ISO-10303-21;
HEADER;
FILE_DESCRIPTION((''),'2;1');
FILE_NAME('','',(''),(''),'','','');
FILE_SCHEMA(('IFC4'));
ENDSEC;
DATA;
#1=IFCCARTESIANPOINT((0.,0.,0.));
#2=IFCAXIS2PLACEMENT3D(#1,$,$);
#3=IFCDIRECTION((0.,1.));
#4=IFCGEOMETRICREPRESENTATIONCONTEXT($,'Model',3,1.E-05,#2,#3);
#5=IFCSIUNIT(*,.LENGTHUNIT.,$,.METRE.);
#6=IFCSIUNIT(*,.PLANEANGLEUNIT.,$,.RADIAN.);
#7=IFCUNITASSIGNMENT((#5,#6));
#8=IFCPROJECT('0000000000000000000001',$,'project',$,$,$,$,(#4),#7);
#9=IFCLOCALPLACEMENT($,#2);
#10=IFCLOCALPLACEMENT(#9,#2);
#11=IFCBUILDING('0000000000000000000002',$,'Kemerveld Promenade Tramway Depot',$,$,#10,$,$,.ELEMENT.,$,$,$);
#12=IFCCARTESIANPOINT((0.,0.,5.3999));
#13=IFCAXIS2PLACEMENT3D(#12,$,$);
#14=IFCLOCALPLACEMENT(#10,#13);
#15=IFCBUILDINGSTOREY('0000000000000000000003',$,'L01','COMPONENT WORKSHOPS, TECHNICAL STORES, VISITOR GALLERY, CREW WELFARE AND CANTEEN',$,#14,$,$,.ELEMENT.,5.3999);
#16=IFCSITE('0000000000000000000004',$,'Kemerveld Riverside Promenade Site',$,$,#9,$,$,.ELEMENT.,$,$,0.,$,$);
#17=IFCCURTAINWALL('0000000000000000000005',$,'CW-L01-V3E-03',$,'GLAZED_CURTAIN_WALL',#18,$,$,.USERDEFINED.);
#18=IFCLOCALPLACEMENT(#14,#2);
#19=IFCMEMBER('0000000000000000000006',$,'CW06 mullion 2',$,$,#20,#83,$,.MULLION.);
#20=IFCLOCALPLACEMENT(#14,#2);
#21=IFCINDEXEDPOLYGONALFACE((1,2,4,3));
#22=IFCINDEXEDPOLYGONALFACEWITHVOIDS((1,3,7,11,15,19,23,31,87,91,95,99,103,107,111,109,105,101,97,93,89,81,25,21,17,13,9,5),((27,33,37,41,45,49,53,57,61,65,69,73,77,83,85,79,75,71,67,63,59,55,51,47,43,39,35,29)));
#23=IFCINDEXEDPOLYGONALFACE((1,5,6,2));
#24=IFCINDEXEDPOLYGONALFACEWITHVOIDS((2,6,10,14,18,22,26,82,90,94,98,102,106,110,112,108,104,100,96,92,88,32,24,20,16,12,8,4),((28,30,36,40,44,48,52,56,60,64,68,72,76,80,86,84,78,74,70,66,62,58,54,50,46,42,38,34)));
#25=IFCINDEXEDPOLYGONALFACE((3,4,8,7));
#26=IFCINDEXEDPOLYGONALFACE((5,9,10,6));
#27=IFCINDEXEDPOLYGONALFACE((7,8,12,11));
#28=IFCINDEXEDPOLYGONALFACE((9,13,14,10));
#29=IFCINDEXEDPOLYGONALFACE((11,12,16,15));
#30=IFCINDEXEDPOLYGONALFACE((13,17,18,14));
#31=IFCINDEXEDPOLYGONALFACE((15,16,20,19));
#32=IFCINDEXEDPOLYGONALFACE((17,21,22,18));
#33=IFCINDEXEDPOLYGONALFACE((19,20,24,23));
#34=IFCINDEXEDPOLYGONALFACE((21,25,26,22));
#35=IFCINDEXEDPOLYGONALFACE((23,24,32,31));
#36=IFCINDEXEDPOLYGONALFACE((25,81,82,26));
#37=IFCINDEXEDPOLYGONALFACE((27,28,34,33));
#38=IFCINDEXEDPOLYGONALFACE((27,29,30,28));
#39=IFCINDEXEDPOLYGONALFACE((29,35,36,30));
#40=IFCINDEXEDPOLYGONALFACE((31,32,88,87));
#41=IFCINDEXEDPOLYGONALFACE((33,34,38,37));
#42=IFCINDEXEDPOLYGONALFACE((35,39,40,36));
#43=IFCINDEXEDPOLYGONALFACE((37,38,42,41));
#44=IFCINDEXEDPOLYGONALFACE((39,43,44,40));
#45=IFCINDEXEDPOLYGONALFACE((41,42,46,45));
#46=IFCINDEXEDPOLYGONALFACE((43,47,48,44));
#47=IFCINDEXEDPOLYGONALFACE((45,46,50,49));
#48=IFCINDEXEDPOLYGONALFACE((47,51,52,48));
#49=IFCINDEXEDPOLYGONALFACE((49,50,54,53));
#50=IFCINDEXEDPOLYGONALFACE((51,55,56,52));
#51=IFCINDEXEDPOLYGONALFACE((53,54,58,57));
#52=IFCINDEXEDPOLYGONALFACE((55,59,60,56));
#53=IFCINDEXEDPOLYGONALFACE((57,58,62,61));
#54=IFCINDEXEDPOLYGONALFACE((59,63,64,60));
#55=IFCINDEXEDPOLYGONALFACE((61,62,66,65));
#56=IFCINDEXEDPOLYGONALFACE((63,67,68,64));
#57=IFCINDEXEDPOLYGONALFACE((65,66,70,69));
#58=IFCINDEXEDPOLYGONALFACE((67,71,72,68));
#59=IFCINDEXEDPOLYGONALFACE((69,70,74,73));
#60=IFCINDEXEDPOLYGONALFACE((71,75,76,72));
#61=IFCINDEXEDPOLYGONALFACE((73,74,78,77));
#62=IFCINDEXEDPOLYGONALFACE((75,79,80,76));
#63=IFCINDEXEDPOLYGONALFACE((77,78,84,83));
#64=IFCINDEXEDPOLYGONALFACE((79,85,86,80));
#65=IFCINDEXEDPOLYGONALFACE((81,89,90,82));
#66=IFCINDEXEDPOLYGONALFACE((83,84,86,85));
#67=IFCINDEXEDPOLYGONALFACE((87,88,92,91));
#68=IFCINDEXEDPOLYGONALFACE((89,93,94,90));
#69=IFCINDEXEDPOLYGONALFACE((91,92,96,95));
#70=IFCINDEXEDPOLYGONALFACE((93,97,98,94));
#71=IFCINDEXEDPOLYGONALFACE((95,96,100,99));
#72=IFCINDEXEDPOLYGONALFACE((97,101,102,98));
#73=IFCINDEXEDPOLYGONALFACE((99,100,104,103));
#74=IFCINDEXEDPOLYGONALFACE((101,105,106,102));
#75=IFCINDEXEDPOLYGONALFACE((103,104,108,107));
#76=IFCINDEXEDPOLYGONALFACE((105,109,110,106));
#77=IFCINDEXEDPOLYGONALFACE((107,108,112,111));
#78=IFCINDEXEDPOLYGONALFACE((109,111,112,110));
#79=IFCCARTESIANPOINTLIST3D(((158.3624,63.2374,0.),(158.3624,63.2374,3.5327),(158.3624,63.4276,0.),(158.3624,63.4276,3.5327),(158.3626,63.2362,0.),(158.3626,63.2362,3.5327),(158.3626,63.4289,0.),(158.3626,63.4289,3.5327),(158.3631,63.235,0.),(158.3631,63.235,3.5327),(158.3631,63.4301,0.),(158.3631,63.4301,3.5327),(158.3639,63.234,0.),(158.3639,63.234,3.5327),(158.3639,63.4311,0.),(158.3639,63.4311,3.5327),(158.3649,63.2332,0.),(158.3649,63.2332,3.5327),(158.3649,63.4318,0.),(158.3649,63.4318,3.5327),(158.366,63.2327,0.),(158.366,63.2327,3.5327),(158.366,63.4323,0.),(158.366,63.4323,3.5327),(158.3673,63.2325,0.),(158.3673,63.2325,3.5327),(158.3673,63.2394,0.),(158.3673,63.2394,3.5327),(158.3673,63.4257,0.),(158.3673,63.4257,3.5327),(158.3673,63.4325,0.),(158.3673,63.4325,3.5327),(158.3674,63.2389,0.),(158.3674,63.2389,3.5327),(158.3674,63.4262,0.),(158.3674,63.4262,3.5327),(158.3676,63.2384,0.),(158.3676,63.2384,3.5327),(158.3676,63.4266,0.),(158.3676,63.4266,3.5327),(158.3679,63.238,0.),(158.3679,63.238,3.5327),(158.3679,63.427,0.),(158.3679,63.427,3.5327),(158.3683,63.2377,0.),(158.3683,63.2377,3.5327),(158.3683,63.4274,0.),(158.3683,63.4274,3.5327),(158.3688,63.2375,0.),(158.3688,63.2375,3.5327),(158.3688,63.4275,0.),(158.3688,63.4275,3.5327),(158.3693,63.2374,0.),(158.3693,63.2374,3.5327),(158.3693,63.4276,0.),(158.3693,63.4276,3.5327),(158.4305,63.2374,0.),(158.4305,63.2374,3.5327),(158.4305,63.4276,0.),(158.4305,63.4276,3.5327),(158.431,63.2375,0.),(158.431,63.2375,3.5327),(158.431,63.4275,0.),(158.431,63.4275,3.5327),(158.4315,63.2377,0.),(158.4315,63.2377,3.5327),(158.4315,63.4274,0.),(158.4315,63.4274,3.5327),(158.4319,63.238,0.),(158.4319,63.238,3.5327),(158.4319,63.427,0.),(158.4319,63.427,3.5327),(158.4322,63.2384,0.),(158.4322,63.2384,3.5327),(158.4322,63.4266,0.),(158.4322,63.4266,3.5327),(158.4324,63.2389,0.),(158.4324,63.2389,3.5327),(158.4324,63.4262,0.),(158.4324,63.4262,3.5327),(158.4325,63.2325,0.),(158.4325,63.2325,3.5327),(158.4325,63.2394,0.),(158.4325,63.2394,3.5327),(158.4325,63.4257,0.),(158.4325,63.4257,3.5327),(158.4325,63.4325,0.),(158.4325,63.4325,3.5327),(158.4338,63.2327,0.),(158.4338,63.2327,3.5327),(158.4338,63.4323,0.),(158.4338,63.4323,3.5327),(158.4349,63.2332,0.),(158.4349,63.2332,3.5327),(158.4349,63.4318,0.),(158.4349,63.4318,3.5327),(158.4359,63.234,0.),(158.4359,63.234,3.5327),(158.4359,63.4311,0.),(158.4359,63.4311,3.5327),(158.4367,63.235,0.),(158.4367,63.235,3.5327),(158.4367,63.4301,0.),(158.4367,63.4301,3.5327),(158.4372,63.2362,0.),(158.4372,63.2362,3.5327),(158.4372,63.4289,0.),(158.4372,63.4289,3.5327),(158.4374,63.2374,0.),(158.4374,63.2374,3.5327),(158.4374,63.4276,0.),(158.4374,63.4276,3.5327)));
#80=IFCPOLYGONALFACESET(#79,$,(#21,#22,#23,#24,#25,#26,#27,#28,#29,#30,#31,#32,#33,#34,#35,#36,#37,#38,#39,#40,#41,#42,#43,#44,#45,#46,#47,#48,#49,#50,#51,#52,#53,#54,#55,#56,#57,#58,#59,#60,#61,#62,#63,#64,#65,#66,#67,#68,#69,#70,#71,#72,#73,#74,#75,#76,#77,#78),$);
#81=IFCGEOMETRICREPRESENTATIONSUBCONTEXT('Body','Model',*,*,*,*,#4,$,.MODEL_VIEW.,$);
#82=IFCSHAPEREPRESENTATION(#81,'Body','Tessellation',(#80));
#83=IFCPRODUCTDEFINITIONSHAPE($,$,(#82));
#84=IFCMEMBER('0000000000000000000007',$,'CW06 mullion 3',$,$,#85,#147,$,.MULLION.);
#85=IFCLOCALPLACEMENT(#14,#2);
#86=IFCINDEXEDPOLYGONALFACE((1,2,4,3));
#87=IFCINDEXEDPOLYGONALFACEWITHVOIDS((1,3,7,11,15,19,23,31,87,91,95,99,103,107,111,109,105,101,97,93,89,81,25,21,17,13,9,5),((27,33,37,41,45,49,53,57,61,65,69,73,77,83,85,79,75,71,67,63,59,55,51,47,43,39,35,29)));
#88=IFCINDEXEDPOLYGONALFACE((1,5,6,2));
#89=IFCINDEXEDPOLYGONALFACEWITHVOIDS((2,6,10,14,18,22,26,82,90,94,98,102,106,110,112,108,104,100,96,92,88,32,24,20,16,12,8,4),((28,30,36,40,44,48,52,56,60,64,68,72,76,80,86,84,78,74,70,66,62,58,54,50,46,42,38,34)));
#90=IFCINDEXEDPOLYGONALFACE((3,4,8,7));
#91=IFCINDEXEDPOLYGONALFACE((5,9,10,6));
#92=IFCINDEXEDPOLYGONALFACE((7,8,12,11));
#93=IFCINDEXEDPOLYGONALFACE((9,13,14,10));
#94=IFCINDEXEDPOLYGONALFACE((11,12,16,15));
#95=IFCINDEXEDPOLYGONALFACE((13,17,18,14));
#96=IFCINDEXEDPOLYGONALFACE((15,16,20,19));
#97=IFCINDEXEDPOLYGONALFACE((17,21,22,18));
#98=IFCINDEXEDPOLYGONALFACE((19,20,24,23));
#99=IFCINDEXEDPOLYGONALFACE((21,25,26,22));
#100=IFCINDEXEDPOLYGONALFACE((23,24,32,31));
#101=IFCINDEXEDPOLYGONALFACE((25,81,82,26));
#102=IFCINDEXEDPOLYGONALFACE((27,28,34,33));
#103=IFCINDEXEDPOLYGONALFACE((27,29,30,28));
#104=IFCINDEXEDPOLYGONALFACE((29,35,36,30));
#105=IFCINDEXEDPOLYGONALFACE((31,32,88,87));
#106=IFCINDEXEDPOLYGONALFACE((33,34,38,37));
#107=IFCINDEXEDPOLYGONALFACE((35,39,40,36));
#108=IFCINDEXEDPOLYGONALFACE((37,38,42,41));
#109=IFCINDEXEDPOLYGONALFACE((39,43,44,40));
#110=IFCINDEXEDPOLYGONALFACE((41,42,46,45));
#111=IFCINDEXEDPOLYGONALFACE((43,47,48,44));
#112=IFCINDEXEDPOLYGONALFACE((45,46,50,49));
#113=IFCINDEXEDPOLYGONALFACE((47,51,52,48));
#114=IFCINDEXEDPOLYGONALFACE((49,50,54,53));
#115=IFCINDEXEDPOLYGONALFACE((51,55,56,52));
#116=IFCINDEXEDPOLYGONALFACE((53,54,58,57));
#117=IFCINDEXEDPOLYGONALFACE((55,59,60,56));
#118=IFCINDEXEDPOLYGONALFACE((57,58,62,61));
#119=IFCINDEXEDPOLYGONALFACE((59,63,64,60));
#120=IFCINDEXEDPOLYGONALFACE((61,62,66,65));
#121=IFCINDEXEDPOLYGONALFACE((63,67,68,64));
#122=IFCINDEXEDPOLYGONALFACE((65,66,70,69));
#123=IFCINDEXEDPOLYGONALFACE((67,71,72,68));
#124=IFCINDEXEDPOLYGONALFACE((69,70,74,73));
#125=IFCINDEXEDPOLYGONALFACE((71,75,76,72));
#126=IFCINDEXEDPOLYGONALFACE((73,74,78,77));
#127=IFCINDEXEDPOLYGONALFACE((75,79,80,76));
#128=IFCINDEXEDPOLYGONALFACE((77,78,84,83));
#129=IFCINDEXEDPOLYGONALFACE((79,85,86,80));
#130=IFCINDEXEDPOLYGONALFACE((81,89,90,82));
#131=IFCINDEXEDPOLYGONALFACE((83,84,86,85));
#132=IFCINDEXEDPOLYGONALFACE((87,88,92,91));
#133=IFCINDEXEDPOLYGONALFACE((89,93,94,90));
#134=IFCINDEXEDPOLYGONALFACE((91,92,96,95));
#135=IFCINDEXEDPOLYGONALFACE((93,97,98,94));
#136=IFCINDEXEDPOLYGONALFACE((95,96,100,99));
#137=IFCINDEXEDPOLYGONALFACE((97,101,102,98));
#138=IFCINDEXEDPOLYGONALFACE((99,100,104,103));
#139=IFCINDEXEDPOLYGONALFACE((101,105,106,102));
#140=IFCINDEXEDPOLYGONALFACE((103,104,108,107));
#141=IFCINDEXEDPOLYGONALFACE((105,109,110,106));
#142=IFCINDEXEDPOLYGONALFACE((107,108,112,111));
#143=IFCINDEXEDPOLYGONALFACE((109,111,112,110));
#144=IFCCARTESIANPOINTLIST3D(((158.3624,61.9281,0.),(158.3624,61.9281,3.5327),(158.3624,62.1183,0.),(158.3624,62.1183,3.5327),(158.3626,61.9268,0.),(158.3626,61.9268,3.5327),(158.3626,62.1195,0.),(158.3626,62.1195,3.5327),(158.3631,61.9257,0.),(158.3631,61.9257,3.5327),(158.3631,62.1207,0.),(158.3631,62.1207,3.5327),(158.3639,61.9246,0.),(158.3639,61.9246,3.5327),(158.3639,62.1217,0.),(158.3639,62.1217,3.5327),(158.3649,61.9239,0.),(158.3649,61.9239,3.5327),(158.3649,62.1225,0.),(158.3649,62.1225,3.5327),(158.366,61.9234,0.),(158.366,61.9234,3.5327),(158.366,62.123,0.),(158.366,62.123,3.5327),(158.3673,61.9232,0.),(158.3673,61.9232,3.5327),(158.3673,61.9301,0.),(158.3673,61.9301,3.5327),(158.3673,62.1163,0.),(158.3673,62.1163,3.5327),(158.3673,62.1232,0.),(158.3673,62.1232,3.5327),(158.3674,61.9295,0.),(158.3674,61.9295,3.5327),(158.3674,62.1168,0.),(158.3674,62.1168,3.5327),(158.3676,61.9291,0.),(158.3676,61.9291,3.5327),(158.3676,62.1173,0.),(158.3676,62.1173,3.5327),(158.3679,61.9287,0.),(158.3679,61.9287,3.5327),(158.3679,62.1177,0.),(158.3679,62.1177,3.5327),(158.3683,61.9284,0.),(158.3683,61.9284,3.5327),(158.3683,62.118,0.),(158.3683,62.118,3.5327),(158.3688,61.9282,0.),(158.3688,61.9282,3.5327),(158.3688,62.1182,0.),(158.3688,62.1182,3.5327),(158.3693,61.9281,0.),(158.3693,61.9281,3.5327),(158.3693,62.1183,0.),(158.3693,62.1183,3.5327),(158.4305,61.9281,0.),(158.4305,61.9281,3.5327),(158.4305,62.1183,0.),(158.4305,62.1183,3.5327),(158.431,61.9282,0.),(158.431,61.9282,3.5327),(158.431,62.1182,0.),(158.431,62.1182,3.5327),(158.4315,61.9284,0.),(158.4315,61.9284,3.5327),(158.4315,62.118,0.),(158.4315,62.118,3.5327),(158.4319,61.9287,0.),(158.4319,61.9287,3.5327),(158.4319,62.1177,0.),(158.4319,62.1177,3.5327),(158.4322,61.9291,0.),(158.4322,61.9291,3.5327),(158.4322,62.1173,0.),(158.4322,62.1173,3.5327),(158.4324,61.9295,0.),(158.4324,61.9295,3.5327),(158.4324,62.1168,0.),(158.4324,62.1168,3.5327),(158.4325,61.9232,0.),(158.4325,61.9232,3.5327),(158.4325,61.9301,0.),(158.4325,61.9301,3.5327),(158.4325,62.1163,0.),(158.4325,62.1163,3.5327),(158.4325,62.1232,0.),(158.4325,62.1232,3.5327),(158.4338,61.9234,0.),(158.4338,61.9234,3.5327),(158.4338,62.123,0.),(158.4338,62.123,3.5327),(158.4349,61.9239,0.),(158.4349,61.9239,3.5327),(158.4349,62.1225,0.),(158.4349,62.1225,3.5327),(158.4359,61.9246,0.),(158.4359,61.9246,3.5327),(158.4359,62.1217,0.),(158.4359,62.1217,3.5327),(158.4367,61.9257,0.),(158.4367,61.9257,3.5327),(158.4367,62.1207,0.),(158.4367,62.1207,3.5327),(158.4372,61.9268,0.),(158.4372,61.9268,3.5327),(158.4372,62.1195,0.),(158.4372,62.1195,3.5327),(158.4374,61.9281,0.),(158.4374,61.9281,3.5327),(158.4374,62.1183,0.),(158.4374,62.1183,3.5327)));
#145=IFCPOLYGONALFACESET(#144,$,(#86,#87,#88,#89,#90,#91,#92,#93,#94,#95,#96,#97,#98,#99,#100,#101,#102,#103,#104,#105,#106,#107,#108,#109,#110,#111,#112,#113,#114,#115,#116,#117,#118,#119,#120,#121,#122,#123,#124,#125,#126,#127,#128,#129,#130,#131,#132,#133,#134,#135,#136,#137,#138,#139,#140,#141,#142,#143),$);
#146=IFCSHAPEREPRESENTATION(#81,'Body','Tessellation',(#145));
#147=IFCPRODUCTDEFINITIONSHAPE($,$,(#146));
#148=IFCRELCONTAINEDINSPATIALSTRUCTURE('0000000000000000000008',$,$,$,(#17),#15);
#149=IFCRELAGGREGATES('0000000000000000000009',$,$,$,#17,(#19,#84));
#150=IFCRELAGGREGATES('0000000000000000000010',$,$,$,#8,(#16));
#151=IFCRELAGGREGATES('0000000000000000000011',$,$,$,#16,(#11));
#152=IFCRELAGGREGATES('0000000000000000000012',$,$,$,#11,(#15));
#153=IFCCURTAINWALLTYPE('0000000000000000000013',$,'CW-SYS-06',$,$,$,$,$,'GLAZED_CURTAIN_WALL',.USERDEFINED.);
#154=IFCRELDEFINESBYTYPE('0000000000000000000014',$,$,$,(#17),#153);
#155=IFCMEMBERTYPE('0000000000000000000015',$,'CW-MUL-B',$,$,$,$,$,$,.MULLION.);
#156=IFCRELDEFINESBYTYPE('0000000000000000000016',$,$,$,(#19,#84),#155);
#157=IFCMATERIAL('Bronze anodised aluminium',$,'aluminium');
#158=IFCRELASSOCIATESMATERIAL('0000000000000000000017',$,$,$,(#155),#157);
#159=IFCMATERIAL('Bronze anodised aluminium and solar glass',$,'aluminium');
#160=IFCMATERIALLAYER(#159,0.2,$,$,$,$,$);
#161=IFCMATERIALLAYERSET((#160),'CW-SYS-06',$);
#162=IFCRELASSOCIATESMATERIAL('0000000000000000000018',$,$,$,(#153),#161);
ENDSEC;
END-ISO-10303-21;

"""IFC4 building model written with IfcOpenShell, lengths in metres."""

from ifc_helpers import new_model, si_unit, direction, frame, origin, origin_2d, place, context, subcontext, project, spatial, hollow_rectangle, extrude, material, layer, layer_set, material_profile, profile_set, type_object, element, aggregate, save


model = new_model("IFC4")

# Units and contexts
model_context = context("Model", 3, precision=1e-05, world=origin(), true_north=direction((0.0, 1.0)))
body_context = subcontext(model_context, "Body", "Model", "MODEL_VIEW")
ifc_project = project(units=[si_unit("LENGTHUNIT", "METRE"), si_unit("PLANEANGLEUNIT", "RADIAN")], contexts=[model_context])

# Site, building, storey
site_placement = place(None, origin())
site = spatial("IfcSite", under=ifc_project, at=site_placement, Name="Kemerveld Riverside Promenade Site", CompositionType="ELEMENT", RefElevation=0.0)
building_placement = place(site_placement, origin())
building = spatial("IfcBuilding", under=site, at=building_placement, Name="Kemerveld Promenade Tramway Depot", CompositionType="ELEMENT")
storey_placement = place(building_placement, frame((0.0, 0.0, 5.3999)))
storey = spatial("IfcBuildingStorey", under=building, at=storey_placement, Name="L01", Description="COMPONENT WORKSHOPS, TECHNICAL STORES, VISITOR GALLERY, CREW WELFARE AND CANTEEN", CompositionType="ELEMENT", Elevation=5.3999)

# Shared definitions
ifc_material_1 = material(Name="Bronze anodised aluminium and solar glass", Category="aluminium")
ifc_material_2 = material(Name="Bronze anodised aluminium", Category="aluminium")
ifc_material_profile_1 = material_profile(ifc_material_2, hollow_rectangle(XDim=0.075, YDim=0.2, WallThickness=0.0049, InnerFilletRadius=0.002, OuterFilletRadius=0.0049, at=origin_2d()), Name="CW-MUL-200x75")
ifc_profile_set_1 = profile_set([ifc_material_profile_1], Name="Bronze anodised aluminium")
member_type_1 = type_object("IfcMemberType", Name="CW-MUL-B", PredefinedType="MULLION", material=ifc_profile_set_1)

# Curtain wall, members
ifc_layer_1 = layer(ifc_material_1, 0.2)
ifc_layer_set_1 = layer_set([ifc_layer_1], Name="CW-SYS-06")
curtain_wall_type_1 = type_object("IfcCurtainWallType", Name="CW-SYS-06", ElementType="GLAZED_CURTAIN_WALL", PredefinedType="USERDEFINED", material=ifc_layer_set_1)
curtain_wall_1_placement = place(storey_placement, origin())
curtain_wall_1 = element("IfcCurtainWall", 1, at=curtain_wall_1_placement, inside=storey, type_object=curtain_wall_type_1, Name="CW-L01-V3E-03", ObjectType="GLAZED_CURTAIN_WALL", PredefinedType="USERDEFINED")
member_1_placement = place(storey_placement, frame((158.3999, 63.3325, 0.0), z_axis=(0.0, 0.0, 1.0), x_axis=(1.0, 0.0, 0.0)))
member_1 = element("IfcMember", 2, at=member_1_placement, type_object=member_type_1, Name="CW06 mullion 2", PredefinedType="MULLION", context=body_context, shape_type="SweptSolid", body=[
    extrude(hollow_rectangle(XDim=0.075, YDim=0.2, WallThickness=0.0049, InnerFilletRadius=0.002, OuterFilletRadius=0.0049, at=origin_2d()), origin(), (0.0, 0.0, 1.0), 3.5327),
])
member_2_placement = place(storey_placement, frame((158.3999, 62.0232, 0.0), z_axis=(0.0, 0.0, 1.0), x_axis=(1.0, 0.0, 0.0)))
member_2 = element("IfcMember", 3, at=member_2_placement, type_object=member_type_1, Name="CW06 mullion 3", PredefinedType="MULLION", context=body_context, shape_type="SweptSolid", body=[
    extrude(hollow_rectangle(XDim=0.075, YDim=0.2, WallThickness=0.0049, InnerFilletRadius=0.002, OuterFilletRadius=0.0049, at=origin_2d()), origin(), (0.0, 0.0, 1.0), 3.5327),
])

aggregate(curtain_wall_1, [member_1, member_2])

save(model, "model.ifc")
